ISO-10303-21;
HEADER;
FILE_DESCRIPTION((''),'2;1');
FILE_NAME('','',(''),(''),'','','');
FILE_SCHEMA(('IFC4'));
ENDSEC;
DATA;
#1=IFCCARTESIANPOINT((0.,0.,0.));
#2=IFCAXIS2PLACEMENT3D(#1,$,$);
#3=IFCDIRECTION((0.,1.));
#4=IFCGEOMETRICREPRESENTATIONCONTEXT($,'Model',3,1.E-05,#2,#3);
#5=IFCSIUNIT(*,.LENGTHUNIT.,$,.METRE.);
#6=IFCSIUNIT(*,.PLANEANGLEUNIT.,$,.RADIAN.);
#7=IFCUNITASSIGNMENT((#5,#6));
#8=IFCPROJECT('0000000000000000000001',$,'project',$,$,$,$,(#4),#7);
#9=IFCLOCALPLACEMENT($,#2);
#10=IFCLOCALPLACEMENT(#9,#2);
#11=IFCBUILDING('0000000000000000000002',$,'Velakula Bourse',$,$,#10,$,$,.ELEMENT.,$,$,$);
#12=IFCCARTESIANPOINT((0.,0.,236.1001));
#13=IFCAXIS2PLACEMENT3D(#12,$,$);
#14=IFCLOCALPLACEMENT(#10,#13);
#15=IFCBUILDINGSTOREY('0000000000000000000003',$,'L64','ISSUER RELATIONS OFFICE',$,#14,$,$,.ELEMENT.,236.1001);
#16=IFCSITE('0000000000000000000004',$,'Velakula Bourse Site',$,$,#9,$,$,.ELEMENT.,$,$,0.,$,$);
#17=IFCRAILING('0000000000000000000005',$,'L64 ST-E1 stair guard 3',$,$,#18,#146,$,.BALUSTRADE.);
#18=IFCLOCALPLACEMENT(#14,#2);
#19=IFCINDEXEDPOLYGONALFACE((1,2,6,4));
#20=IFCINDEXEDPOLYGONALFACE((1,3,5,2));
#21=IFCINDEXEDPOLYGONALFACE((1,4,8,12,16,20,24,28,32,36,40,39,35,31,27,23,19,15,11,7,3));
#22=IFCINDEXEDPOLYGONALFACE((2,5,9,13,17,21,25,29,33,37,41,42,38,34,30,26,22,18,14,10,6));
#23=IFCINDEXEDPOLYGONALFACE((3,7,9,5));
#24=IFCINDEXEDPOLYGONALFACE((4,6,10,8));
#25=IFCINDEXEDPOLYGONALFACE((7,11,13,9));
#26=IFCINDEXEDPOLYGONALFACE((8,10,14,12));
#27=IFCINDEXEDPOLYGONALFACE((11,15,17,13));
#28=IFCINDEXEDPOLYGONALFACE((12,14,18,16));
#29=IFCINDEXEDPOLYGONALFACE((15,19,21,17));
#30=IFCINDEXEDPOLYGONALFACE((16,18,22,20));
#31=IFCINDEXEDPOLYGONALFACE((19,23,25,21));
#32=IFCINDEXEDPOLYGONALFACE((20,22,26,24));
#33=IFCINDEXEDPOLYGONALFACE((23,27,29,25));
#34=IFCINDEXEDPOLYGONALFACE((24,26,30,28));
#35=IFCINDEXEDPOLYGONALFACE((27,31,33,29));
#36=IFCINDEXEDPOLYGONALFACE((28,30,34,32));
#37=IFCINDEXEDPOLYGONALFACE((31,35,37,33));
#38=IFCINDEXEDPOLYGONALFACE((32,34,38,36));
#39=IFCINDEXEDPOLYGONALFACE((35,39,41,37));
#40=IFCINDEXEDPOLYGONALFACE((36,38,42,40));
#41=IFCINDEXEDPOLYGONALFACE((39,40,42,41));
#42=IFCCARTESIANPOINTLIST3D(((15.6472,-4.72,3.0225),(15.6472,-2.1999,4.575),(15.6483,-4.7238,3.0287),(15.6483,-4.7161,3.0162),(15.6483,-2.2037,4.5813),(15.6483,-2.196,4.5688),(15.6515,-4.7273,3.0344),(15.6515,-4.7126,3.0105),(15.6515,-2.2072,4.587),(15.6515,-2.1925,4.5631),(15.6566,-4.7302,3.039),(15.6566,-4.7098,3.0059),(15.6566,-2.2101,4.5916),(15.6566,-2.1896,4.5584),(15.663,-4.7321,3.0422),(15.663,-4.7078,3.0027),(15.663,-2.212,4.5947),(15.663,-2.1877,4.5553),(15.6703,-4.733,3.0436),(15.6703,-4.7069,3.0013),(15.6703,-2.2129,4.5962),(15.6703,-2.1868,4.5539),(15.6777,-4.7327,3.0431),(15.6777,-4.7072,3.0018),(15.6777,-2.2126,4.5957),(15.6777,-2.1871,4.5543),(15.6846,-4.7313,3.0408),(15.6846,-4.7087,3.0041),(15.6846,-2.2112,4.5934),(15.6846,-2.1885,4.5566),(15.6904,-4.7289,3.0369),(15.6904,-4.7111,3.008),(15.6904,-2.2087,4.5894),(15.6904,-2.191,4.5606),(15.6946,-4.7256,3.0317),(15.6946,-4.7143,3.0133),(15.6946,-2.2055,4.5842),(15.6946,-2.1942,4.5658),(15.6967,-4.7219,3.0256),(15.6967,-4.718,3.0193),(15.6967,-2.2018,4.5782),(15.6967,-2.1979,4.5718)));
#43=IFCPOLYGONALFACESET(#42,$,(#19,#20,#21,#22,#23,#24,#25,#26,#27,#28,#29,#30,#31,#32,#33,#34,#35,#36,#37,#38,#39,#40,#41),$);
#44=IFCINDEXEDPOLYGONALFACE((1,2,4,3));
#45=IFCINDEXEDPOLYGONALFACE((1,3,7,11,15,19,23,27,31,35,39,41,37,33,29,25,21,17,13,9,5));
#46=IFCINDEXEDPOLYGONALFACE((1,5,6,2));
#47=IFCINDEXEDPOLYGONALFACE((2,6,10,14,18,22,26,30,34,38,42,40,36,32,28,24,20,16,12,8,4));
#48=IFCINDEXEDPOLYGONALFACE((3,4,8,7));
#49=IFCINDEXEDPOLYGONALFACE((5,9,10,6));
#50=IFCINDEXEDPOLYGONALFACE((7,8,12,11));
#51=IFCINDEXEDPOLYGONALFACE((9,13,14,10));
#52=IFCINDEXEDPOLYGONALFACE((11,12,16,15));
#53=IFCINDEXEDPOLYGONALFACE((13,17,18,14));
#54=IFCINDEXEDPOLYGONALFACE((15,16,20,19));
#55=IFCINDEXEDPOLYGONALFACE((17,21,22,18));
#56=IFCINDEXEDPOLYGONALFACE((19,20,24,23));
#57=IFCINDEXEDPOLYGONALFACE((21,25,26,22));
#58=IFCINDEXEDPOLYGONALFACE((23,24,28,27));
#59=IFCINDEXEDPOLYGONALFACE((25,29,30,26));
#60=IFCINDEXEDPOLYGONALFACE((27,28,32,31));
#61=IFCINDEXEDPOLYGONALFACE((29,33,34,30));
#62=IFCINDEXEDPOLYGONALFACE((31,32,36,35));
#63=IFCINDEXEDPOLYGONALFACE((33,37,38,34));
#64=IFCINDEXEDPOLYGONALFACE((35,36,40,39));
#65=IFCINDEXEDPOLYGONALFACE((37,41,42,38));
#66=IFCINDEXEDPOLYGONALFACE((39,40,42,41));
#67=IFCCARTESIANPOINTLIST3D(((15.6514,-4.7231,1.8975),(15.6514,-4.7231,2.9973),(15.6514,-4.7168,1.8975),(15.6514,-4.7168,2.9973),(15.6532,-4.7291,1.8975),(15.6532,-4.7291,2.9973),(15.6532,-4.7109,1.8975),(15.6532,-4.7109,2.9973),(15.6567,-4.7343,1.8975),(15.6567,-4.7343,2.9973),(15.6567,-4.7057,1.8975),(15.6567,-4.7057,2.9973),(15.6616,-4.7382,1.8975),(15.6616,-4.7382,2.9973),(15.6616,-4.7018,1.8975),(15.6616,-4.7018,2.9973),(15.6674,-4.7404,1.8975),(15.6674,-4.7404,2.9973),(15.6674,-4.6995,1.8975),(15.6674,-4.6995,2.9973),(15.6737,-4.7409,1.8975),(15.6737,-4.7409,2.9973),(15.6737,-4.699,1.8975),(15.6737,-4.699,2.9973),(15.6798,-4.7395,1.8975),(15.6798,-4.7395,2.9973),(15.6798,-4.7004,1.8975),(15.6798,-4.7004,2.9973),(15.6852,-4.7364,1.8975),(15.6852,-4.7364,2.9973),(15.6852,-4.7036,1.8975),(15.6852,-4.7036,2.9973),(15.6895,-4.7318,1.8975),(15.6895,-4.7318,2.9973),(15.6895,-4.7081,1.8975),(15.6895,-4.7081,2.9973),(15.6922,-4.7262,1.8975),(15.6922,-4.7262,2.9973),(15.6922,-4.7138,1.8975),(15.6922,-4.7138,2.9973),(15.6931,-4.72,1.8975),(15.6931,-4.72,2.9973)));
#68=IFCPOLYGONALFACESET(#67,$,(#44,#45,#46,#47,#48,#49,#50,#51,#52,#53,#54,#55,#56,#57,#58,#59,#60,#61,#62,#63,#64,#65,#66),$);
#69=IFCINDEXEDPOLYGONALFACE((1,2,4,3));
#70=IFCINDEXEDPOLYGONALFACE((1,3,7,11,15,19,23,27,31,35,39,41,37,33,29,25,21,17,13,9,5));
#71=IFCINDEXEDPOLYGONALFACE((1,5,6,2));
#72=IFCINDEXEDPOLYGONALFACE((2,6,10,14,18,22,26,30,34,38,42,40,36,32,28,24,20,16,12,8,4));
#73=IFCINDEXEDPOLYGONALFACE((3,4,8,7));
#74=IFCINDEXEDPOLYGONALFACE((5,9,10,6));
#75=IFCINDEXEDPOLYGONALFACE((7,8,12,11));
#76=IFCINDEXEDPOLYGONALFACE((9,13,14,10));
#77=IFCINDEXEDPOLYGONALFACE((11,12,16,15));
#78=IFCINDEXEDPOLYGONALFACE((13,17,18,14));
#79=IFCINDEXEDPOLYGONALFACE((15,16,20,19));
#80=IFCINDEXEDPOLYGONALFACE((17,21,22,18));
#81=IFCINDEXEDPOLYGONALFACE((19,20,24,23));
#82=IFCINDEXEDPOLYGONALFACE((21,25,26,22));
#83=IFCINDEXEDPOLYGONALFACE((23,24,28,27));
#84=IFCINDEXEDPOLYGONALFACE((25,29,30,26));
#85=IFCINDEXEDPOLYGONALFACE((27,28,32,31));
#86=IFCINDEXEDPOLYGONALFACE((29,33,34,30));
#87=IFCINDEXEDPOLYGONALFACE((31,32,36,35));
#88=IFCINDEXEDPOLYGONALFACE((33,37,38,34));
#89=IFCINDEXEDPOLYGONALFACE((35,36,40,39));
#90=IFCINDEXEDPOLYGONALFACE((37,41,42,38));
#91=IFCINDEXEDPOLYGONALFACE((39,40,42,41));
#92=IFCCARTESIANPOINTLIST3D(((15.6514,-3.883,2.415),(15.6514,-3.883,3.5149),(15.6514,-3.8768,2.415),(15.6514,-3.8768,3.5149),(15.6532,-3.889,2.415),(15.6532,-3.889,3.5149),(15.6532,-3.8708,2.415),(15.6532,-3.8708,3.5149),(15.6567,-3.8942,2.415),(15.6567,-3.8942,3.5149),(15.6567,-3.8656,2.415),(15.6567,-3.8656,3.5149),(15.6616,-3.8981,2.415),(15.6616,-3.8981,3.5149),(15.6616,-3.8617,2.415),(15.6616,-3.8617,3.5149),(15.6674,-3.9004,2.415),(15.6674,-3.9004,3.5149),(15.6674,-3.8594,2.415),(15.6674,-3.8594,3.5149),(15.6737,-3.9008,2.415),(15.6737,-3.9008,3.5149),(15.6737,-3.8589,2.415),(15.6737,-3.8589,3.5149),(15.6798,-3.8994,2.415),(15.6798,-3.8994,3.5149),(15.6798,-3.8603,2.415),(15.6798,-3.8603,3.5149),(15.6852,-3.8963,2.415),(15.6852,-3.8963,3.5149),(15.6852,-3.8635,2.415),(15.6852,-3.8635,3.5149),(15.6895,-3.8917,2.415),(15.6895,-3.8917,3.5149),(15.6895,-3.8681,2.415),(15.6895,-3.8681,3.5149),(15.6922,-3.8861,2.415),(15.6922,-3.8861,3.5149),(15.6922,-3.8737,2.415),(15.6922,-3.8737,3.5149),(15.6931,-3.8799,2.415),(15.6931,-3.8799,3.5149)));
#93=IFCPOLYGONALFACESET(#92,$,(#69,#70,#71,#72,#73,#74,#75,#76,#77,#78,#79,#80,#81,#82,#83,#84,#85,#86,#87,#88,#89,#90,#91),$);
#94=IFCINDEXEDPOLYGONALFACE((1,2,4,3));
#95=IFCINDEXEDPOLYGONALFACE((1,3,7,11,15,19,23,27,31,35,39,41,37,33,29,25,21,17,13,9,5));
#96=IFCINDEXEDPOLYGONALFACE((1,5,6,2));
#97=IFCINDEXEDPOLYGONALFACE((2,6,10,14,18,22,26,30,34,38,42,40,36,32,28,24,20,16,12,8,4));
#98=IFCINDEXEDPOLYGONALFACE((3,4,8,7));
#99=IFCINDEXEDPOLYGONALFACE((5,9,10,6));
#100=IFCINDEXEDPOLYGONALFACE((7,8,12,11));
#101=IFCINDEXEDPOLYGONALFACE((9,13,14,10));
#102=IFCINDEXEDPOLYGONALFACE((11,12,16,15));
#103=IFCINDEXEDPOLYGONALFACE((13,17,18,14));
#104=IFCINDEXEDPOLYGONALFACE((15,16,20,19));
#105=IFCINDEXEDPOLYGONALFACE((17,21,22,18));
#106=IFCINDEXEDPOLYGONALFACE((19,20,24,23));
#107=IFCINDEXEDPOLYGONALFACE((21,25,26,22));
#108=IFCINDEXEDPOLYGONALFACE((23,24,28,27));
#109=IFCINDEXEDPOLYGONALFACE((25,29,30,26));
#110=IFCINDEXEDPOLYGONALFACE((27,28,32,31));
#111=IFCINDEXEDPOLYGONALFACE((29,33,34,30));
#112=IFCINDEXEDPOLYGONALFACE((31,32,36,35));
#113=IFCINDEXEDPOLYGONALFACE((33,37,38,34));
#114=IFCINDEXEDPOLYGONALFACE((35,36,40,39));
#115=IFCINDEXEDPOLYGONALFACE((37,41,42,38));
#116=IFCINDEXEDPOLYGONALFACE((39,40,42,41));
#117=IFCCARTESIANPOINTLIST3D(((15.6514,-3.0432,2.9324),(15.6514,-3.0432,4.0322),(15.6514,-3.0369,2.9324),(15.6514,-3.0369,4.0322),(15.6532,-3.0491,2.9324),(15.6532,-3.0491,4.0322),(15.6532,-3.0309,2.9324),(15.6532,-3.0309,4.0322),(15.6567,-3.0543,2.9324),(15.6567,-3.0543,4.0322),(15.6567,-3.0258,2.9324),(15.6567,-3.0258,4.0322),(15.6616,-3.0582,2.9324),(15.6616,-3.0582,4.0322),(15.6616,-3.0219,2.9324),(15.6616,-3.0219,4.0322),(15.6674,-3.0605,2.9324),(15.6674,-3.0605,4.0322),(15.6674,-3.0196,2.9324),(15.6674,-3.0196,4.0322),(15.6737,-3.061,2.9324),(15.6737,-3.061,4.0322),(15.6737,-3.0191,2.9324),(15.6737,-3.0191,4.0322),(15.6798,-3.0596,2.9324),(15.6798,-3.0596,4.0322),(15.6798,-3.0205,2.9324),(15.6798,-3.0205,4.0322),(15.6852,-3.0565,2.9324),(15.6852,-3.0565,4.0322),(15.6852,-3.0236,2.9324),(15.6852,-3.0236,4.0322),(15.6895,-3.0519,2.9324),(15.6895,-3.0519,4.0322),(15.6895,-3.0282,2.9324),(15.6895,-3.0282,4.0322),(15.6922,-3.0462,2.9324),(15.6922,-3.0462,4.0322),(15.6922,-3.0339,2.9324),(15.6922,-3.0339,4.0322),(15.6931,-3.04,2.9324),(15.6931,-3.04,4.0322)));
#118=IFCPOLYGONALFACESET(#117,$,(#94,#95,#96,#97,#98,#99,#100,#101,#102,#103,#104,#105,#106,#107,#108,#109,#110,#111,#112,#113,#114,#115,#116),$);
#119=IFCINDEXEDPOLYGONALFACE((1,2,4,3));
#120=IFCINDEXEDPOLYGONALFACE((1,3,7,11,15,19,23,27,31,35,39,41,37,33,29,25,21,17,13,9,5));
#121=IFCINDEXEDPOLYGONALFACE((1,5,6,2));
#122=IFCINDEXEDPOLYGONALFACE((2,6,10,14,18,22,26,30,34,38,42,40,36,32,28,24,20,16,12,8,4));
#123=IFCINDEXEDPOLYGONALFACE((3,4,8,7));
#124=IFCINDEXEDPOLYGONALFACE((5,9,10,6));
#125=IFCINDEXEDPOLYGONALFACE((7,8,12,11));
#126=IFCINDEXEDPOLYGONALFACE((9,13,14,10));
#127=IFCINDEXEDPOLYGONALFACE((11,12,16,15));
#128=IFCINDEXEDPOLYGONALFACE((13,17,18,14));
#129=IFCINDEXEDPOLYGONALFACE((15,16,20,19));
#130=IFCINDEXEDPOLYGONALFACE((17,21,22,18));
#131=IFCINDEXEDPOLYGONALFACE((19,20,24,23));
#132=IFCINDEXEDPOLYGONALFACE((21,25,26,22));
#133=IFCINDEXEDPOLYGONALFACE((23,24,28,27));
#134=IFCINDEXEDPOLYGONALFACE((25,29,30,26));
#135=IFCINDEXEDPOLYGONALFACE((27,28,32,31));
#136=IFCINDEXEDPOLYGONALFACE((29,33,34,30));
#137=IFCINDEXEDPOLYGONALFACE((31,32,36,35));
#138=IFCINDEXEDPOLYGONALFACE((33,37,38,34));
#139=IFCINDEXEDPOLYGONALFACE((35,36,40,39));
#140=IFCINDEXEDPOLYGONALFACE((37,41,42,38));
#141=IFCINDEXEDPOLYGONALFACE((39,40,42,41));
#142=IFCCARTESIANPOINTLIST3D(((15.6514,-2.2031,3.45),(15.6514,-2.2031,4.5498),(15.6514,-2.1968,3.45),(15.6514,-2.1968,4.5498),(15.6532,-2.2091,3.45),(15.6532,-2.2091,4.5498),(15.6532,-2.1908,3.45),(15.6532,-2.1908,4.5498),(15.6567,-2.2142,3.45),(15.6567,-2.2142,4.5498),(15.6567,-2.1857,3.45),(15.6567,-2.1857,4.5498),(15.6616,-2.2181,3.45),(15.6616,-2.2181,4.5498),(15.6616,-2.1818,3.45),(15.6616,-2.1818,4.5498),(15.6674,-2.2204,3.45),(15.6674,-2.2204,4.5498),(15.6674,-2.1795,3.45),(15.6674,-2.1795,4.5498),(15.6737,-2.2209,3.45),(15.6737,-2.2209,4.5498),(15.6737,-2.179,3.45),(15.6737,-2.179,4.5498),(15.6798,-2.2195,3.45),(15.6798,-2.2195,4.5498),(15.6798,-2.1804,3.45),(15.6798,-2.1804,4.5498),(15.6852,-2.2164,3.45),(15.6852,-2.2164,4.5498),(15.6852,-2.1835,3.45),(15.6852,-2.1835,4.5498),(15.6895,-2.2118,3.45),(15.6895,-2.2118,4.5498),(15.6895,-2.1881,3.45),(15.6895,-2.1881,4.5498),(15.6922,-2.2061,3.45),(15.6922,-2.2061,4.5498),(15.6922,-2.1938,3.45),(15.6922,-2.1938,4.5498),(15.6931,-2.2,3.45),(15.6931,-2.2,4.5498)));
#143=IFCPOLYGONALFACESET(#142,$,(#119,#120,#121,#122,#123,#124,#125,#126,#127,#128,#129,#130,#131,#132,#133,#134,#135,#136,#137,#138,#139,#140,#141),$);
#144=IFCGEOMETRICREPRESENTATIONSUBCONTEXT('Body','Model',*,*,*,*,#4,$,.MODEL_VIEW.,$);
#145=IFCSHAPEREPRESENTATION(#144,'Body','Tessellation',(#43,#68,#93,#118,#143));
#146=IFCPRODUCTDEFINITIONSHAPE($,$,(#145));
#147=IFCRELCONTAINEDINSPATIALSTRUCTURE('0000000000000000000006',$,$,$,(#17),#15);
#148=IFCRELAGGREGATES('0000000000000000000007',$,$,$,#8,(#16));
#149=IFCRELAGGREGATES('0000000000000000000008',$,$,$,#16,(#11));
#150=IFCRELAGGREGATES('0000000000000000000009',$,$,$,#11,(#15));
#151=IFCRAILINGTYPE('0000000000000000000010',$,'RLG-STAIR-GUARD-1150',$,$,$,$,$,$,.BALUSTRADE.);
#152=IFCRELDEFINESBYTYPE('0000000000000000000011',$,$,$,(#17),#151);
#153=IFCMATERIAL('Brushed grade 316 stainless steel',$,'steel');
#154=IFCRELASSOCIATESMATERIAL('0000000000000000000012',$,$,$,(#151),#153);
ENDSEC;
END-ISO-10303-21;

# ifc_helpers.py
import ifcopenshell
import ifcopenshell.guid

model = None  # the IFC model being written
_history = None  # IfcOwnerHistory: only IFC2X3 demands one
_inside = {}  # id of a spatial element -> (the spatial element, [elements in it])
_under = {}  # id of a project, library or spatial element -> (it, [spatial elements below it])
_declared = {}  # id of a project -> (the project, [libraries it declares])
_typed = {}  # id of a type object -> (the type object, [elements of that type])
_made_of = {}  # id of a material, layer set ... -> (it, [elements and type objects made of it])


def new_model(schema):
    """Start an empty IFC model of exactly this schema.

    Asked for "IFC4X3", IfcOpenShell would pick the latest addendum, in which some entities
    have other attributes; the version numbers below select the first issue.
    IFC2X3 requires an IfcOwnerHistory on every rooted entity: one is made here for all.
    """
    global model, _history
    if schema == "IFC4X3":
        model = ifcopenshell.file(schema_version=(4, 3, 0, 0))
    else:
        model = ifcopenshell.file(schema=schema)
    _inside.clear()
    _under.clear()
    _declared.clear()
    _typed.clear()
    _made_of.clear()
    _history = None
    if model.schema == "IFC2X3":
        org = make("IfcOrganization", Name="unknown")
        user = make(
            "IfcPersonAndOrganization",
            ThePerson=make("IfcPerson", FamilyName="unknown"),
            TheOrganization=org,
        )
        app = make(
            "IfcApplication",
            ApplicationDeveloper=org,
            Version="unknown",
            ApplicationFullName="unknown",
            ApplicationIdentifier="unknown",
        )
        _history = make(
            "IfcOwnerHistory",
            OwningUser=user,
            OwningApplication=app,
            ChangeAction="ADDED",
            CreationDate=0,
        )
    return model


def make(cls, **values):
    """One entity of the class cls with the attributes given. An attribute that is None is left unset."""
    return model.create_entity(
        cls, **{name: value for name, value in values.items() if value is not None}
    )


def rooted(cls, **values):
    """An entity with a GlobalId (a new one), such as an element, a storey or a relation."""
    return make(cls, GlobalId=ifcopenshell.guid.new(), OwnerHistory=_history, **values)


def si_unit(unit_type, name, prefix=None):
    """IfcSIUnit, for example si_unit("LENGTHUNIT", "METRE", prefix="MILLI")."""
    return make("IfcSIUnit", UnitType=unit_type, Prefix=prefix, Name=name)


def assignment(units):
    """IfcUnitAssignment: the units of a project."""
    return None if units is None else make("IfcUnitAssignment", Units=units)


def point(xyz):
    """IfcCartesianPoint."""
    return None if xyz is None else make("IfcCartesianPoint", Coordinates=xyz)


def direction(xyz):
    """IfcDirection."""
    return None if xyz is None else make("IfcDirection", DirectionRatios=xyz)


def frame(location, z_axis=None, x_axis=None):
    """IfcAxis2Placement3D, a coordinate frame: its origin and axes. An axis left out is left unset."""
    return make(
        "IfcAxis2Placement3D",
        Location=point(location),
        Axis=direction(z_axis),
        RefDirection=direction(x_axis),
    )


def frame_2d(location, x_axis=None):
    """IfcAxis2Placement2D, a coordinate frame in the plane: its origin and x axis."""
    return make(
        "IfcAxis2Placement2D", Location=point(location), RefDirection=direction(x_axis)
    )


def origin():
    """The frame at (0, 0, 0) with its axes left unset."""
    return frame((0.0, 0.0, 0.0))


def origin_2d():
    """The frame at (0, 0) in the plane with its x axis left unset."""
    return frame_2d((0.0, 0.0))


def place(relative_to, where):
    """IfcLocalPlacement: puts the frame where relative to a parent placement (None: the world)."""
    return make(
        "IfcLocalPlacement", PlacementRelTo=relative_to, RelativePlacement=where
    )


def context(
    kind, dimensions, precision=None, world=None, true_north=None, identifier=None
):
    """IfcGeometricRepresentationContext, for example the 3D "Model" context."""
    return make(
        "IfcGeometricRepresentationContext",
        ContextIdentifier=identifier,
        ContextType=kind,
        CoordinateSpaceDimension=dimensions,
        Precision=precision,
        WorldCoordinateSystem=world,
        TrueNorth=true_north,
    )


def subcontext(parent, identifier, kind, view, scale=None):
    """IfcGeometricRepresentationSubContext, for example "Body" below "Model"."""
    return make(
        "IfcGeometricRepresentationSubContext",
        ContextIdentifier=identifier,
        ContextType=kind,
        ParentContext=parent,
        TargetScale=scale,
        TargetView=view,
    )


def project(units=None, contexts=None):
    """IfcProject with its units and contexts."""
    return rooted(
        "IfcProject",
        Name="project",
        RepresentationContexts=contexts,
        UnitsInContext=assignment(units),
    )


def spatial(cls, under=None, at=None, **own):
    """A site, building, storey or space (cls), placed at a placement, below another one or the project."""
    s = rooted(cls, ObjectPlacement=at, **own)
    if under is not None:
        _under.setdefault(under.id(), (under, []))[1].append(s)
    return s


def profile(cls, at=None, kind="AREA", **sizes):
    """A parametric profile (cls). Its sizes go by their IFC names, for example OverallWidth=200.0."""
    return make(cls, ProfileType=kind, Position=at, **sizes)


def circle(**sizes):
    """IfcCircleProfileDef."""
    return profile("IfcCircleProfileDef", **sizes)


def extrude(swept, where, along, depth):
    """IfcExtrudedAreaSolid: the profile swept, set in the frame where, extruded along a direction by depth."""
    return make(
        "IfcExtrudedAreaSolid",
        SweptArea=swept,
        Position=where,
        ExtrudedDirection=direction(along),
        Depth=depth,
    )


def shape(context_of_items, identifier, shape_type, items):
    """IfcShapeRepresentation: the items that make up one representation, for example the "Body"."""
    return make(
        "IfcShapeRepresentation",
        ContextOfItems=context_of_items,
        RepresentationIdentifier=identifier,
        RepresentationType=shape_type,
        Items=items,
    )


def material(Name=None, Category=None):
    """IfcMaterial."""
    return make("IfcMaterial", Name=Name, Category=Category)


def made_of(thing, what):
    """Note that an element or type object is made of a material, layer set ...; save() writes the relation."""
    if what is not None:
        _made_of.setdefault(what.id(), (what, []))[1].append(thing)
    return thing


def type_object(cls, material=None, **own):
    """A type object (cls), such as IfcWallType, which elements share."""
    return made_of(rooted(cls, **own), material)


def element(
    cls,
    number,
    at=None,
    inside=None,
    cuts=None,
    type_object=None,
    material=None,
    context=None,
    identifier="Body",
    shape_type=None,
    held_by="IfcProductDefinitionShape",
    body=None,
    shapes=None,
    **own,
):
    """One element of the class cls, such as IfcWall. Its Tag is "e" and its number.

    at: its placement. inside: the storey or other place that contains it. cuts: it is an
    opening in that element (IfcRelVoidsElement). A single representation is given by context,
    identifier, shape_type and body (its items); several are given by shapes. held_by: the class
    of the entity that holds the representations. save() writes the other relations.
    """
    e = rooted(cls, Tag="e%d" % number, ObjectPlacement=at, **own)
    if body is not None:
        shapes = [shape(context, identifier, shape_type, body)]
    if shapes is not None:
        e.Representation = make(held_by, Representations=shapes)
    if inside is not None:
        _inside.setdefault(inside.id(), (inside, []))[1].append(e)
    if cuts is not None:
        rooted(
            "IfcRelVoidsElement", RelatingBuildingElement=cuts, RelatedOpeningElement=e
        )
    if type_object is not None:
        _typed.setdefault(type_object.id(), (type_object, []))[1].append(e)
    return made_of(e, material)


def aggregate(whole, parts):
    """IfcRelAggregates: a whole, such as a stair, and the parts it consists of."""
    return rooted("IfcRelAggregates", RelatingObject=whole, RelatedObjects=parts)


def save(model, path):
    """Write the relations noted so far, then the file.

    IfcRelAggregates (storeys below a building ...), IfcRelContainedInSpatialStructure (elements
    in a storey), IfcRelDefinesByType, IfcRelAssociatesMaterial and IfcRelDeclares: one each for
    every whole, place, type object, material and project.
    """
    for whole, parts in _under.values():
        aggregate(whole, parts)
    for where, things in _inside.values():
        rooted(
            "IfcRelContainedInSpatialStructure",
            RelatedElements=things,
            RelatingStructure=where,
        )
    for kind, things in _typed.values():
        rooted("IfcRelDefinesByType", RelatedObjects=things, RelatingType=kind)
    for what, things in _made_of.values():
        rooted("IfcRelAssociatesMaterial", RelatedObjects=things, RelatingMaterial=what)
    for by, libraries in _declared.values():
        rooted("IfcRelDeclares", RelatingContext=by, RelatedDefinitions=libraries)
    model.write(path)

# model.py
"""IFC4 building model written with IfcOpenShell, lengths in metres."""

from ifc_helpers import new_model, si_unit, direction, frame, origin, origin_2d, place, context, subcontext, project, spatial, circle, extrude, material, type_object, element, save


model = new_model("IFC4")

# Units and contexts
model_context = context("Model", 3, precision=1e-05, world=origin(), true_north=direction((0.0, 1.0)))
body_context = subcontext(model_context, "Body", "Model", "MODEL_VIEW")
ifc_project = project(units=[si_unit("LENGTHUNIT", "METRE"), si_unit("PLANEANGLEUNIT", "RADIAN")], contexts=[model_context])

# Site, building, storey
site_placement = place(None, origin())
site = spatial("IfcSite", under=ifc_project, at=site_placement, Name="Velakula Bourse Site", CompositionType="ELEMENT", RefElevation=0.0)
building_placement = place(site_placement, origin())
building = spatial("IfcBuilding", under=site, at=building_placement, Name="Velakula Bourse", CompositionType="ELEMENT")
storey_placement = place(building_placement, frame((0.0, 0.0, 236.1001)))
storey = spatial("IfcBuildingStorey", under=building, at=storey_placement, Name="L64", Description="ISSUER RELATIONS OFFICE", CompositionType="ELEMENT", Elevation=236.1001)

# Shared definitions
ifc_material_1 = material(Name="Brushed grade 316 stainless steel", Category="steel")

# Railing
railing_type_1 = type_object("IfcRailingType", Name="RLG-STAIR-GUARD-1150", PredefinedType="BALUSTRADE", material=ifc_material_1)
railing_1_placement = place(storey_placement, frame((15.6721, -4.72, 1.8975)))
element("IfcRailing", 1, at=railing_1_placement, inside=storey, type_object=railing_type_1, Name="L64 ST-E1 stair guard 3", PredefinedType="BALUSTRADE", context=body_context, shape_type="SweptSolid", body=[
    extrude(circle(Radius=0.0249, at=origin_2d()), frame((0.0, 0.0, 1.125), z_axis=(0.0, 0.8514, 0.524516), x_axis=(-1.0, 0.0, 0.0)), (0.0, 0.0, 1.0), 2.96),
    extrude(circle(Radius=0.021, at=origin_2d()), origin(), (0.0, 0.0, 1.0), 1.0999),
    extrude(circle(Radius=0.021, at=origin_2d()), frame((0.0, 0.8401, 0.5176)), (0.0, 0.0, 1.0), 1.0999),
    extrude(circle(Radius=0.021, at=origin_2d()), frame((0.0, 1.6799, 1.0349)), (0.0, 0.0, 1.0), 1.0999),
    extrude(circle(Radius=0.021, at=origin_2d()), frame((0.0, 2.52, 1.5525)), (0.0, 0.0, 1.0), 1.0999),
])

save(model, "model.ifc")
